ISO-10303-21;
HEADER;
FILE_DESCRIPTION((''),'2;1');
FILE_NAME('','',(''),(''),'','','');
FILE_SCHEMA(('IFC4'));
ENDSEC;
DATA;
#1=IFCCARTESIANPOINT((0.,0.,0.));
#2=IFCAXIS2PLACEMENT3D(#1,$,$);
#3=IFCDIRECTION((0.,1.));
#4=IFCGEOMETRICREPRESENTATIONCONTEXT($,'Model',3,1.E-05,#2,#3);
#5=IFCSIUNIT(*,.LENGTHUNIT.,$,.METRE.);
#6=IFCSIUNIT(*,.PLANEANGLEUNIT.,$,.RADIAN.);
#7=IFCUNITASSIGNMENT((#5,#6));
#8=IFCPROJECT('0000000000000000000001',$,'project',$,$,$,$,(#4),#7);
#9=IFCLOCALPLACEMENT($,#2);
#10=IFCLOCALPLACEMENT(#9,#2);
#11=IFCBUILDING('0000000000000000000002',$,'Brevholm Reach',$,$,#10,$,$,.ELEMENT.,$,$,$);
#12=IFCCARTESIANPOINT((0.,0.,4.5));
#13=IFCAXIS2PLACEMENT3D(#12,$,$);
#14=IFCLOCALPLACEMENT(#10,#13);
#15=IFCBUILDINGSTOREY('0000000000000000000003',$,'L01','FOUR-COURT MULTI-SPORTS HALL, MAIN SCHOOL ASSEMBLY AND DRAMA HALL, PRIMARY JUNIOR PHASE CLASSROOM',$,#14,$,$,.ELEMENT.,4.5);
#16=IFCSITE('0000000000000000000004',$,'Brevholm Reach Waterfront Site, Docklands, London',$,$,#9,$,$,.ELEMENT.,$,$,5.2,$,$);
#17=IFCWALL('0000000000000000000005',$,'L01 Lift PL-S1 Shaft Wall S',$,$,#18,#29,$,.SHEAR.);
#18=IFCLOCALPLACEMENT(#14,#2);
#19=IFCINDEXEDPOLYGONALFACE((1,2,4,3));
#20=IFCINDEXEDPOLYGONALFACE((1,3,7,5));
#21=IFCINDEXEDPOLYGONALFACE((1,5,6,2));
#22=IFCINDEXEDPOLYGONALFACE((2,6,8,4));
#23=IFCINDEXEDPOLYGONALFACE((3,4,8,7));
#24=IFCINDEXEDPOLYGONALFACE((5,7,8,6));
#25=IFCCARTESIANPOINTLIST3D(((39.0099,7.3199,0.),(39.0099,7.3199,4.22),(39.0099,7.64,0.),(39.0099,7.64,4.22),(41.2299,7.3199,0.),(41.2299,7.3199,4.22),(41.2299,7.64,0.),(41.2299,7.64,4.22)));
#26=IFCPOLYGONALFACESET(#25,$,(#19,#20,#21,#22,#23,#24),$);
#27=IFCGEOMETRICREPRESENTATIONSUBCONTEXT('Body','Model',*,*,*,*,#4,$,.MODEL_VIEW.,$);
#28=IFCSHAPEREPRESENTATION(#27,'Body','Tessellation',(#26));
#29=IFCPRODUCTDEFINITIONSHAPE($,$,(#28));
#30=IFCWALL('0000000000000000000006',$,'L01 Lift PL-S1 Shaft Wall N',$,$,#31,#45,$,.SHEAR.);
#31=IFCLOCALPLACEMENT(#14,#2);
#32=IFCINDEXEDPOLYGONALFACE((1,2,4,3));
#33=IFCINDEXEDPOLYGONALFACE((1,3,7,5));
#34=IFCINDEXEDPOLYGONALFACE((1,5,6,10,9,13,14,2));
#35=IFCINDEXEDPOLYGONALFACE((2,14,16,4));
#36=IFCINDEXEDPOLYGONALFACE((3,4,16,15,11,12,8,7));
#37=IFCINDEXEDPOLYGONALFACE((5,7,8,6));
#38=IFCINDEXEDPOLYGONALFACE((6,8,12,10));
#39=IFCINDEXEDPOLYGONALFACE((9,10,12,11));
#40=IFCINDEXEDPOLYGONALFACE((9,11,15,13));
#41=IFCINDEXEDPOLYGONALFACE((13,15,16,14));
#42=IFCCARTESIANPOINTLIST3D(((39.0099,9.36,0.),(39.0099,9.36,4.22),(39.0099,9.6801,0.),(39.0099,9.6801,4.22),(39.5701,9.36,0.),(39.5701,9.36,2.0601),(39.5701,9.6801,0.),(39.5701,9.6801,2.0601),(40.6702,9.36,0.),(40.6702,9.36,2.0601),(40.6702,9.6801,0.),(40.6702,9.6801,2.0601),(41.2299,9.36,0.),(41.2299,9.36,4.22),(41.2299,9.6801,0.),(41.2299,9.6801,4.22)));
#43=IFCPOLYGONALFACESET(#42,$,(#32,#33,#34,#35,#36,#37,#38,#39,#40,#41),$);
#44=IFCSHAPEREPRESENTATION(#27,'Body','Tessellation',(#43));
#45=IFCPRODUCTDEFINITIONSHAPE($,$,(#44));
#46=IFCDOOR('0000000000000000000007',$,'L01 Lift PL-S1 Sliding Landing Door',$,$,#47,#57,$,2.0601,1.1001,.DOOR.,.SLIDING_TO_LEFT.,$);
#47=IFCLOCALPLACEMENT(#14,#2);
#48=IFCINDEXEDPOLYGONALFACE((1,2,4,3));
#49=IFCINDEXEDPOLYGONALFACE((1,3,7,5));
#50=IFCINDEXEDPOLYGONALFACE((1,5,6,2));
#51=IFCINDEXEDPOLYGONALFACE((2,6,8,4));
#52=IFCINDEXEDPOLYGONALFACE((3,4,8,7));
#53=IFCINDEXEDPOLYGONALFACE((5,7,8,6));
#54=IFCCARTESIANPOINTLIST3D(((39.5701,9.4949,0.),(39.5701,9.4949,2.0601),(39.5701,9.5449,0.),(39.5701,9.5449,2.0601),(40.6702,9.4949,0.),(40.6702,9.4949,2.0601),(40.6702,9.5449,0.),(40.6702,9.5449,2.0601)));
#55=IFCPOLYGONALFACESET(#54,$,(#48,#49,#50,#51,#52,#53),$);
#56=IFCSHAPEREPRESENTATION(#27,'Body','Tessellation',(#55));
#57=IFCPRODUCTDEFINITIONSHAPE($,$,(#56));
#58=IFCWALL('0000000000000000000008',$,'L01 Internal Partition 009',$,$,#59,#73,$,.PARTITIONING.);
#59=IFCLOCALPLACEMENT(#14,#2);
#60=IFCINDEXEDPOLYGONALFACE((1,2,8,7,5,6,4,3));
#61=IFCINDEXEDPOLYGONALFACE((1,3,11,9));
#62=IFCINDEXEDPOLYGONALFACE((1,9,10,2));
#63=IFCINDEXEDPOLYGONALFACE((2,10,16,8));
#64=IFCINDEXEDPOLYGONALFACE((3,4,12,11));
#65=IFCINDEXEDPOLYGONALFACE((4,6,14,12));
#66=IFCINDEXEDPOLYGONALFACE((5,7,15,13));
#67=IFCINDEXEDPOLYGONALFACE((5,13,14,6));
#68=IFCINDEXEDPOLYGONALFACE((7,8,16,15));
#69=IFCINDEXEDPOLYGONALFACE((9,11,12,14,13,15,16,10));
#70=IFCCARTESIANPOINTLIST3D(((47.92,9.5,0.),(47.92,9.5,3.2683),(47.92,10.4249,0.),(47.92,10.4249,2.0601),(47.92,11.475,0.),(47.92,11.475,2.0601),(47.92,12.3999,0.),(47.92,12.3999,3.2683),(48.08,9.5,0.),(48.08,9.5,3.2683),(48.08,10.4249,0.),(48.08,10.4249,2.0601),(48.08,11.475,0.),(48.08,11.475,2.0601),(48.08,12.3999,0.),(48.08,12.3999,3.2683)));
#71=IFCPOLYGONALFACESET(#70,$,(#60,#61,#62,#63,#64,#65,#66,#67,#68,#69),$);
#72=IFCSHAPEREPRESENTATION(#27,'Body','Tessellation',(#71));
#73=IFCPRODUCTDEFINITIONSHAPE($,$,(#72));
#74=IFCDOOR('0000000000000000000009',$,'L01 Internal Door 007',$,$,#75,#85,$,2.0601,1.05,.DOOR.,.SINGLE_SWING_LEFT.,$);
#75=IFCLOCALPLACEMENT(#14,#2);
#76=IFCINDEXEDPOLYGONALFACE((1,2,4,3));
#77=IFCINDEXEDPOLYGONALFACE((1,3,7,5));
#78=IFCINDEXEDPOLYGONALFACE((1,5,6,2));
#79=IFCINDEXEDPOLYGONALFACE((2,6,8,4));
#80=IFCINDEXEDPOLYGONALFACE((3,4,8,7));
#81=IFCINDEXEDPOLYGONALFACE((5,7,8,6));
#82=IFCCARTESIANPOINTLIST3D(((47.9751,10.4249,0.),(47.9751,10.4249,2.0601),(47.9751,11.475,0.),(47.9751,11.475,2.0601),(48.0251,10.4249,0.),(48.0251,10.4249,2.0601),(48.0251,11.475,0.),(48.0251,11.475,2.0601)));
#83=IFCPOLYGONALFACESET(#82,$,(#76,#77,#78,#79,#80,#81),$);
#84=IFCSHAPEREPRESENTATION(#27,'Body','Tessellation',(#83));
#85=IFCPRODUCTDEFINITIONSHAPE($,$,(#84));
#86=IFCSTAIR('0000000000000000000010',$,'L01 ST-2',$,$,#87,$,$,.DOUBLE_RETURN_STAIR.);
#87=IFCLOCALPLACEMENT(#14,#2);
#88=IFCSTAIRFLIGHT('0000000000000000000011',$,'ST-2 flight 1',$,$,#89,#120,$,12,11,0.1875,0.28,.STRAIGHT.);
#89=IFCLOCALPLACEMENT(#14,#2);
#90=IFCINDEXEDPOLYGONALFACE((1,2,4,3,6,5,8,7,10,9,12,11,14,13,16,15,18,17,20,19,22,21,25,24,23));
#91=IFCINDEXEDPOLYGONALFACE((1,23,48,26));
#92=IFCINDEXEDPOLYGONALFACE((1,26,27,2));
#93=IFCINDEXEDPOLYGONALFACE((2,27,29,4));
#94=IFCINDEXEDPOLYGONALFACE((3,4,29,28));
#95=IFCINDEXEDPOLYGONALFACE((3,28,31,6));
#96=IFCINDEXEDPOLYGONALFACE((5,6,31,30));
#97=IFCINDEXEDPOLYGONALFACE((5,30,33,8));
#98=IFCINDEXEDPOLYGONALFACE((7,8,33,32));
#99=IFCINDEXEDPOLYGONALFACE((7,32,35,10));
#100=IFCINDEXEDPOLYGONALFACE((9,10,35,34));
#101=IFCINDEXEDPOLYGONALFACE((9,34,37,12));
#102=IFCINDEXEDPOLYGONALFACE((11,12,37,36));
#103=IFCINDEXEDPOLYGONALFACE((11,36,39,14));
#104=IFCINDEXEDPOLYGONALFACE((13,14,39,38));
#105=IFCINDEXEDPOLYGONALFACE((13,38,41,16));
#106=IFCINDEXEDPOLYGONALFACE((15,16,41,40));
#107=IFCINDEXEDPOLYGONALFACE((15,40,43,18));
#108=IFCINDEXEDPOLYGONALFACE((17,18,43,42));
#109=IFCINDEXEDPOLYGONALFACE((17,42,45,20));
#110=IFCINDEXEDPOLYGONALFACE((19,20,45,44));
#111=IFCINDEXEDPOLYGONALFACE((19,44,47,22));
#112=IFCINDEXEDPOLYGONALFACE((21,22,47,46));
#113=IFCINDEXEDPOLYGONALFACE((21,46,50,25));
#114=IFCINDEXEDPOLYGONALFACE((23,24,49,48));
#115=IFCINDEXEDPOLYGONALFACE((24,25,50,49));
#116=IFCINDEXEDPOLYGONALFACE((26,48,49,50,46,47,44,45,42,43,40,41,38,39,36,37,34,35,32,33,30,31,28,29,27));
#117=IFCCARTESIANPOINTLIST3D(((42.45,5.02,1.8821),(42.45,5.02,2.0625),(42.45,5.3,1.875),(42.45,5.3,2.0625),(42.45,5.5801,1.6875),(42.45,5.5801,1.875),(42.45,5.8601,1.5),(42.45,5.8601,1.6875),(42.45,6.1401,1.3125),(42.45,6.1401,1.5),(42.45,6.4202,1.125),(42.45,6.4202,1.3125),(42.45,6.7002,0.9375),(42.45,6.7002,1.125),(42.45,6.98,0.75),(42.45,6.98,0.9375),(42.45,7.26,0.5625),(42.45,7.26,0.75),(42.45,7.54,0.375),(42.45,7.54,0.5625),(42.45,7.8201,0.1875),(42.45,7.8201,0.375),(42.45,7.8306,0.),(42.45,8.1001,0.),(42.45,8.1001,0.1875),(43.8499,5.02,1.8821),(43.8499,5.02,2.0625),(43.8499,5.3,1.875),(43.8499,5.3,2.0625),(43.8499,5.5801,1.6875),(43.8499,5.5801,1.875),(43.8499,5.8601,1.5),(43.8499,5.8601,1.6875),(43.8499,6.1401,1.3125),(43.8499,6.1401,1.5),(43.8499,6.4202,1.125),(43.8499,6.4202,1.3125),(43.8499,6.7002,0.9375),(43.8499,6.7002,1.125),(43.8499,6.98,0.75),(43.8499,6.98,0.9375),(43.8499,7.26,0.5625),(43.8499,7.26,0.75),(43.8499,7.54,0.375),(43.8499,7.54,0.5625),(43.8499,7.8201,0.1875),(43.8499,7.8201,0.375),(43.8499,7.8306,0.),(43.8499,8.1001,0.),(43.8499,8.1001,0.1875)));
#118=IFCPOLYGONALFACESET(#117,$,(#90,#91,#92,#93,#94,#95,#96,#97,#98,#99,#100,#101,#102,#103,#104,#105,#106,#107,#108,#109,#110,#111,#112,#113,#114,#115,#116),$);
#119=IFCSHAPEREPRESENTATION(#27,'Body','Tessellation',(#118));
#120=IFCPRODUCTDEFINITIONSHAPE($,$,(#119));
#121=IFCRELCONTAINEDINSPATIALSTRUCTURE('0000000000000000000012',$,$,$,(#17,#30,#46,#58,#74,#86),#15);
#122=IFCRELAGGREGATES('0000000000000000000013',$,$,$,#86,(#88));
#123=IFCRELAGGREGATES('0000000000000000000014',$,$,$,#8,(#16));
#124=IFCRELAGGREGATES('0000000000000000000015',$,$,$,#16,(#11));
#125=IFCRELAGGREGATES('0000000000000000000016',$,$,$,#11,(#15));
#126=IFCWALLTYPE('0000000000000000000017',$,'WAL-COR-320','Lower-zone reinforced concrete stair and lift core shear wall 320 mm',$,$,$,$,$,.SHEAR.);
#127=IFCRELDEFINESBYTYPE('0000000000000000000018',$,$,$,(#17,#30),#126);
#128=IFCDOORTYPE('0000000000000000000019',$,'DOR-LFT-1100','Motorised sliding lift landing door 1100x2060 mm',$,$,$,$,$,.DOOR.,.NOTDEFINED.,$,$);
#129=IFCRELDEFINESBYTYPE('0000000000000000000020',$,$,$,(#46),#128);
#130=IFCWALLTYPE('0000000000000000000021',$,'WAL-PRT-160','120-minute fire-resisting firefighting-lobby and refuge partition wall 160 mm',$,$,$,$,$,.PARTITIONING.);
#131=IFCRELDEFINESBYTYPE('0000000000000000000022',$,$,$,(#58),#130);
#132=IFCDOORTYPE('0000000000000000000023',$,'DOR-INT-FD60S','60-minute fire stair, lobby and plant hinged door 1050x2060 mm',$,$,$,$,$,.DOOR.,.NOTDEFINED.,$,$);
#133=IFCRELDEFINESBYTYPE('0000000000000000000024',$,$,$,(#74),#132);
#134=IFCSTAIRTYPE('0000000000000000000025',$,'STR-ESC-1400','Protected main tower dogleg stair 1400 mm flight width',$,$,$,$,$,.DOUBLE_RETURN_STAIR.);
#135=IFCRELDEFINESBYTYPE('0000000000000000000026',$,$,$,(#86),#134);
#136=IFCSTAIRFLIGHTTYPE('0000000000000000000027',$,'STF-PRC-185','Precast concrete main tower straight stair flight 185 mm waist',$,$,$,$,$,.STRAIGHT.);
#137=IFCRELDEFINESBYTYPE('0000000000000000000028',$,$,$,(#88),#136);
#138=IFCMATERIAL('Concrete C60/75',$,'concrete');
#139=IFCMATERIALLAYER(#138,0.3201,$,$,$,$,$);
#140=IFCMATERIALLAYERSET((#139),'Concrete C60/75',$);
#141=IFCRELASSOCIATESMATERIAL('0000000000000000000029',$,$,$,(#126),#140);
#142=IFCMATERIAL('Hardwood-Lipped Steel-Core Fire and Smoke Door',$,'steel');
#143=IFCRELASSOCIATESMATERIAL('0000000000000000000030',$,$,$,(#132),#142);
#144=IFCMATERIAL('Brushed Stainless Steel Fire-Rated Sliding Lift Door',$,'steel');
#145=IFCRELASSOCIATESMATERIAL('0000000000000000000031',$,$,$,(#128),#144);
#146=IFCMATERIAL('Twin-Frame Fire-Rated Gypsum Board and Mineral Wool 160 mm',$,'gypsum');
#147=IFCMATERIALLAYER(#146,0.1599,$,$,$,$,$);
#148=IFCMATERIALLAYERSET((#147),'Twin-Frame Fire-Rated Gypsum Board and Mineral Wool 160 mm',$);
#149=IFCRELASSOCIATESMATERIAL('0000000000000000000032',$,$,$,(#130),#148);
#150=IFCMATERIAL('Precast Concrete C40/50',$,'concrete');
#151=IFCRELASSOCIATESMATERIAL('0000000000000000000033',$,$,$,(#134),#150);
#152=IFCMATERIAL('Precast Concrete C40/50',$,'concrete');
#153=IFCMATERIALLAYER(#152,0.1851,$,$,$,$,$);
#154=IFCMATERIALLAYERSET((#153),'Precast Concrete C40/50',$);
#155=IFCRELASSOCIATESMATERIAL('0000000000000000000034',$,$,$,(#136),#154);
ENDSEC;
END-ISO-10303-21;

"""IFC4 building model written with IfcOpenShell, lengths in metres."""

from ifc_helpers import new_model, si_unit, direction, frame, frame_2d, origin, place, context, subcontext, project, spatial, polyline, rectangle, outline, extrude, material, layer, layer_set, type_object, element, fill, aggregate, save


model = new_model("IFC4")

# Units and contexts
model_context = context("Model", 3, precision=1e-05, world=origin(), true_north=direction((0.0, 1.0)))
body_context = subcontext(model_context, "Body", "Model", "MODEL_VIEW")
ifc_project = project(units=[si_unit("LENGTHUNIT", "METRE"), si_unit("PLANEANGLEUNIT", "RADIAN")], contexts=[model_context])

# Site, building, storey
site_placement = place(None, origin())
site = spatial("IfcSite", under=ifc_project, at=site_placement, Name="Brevholm Reach Waterfront Site, Docklands, London", CompositionType="ELEMENT", RefElevation=5.2)
building_placement = place(site_placement, origin())
building = spatial("IfcBuilding", under=site, at=building_placement, Name="Brevholm Reach", CompositionType="ELEMENT")
storey_placement = place(building_placement, frame((0.0, 0.0, 4.5)))
storey = spatial("IfcBuildingStorey", under=building, at=storey_placement, Name="L01", Description="FOUR-COURT MULTI-SPORTS HALL, MAIN SCHOOL ASSEMBLY AND DRAMA HALL, PRIMARY JUNIOR PHASE CLASSROOM", CompositionType="ELEMENT", Elevation=4.5)

# Shared definitions
ifc_material_1 = material(Name="Concrete C60/75", Category="concrete")
ifc_layer_1 = layer(ifc_material_1, 0.3201)
ifc_layer_set_1 = layer_set([ifc_layer_1], Name="Concrete C60/75")
wall_type_1 = type_object("IfcWallType", Name="WAL-COR-320", Description="Lower-zone reinforced concrete stair and lift core shear wall 320 mm", PredefinedType="SHEAR", material=ifc_layer_set_1)
ifc_material_2 = material(Name="Hardwood-Lipped Steel-Core Fire and Smoke Door", Category="steel")
door_type_1 = type_object("IfcDoorType", Name="DOR-INT-FD60S", Description="60-minute fire stair, lobby and plant hinged door 1050x2060 mm", OperationType="NOTDEFINED", PredefinedType="DOOR", material=ifc_material_2)
ifc_material_3 = material(Name="Brushed Stainless Steel Fire-Rated Sliding Lift Door", Category="steel")
door_type_2 = type_object("IfcDoorType", Name="DOR-LFT-1100", Description="Motorised sliding lift landing door 1100x2060 mm", OperationType="NOTDEFINED", PredefinedType="DOOR", material=ifc_material_3)

# Wall
wall_1_placement = place(storey_placement, frame((39.01, 7.48, 0.0), z_axis=(0.0, 0.0, 1.0), x_axis=(1.0, 0.0, 0.0)))
element("IfcWall", 1, at=wall_1_placement, inside=storey, type_object=wall_type_1, Name="L01 Lift PL-S1 Shaft Wall S", PredefinedType="SHEAR", context=body_context, shape_type="SweptSolid", body=[
    extrude(rectangle(XDim=2.22, YDim=0.3201, at=frame_2d((1.1099, 0.0))), origin(), (0.0, 0.0, 1.0), 4.22),
])

# Walls, openings, doors
wall_2_placement = place(storey_placement, frame((39.01, 9.52, 0.0), z_axis=(0.0, 0.0, 1.0), x_axis=(1.0, 0.0, 0.0)))
wall_2 = element("IfcWall", 2, at=wall_2_placement, inside=storey, type_object=wall_type_1, Name="L01 Lift PL-S1 Shaft Wall N", PredefinedType="SHEAR", context=body_context, shape_type="SweptSolid", body=[
    extrude(rectangle(XDim=2.22, YDim=0.3201, at=frame_2d((1.1099, 0.0))), origin(), (0.0, 0.0, 1.0), 4.22),
])
opening_1_placement = place(wall_2_placement, frame((0.5601, 0.0, 0.0)))
opening_1 = element("IfcOpeningElement", 3, at=opening_1_placement, cuts=wall_2, PredefinedType="OPENING", context=body_context, shape_type="SweptSolid", body=[
    extrude(rectangle(XDim=1.1001, YDim=2.0601, at=frame_2d((0.55, 1.03))), frame((0.0, 0.1699, 0.0), z_axis=(0.0, -1.0, 0.0), x_axis=(1.0, 0.0, 0.0)), (0.0, 0.0, 1.0), 0.3401),
])
door_1_placement = place(opening_1_placement, origin())
door_1 = element("IfcDoor", 4, at=door_1_placement, inside=storey, type_object=door_type_2, Name="L01 Lift PL-S1 Sliding Landing Door", OperationType="SLIDING_TO_LEFT", OverallHeight=2.0601, OverallWidth=1.1001, PredefinedType="DOOR", context=body_context, shape_type="SweptSolid", body=[
    extrude(rectangle(XDim=1.1001, YDim=2.0601, at=frame_2d((0.55, 1.03))), frame((0.0, 0.0249, 0.0), z_axis=(0.0, -1.0, 0.0), x_axis=(1.0, 0.0, 0.0)), (0.0, 0.0, 1.0), 0.05),
])
fill(opening_1, door_1)
ifc_material_4 = material(Name="Twin-Frame Fire-Rated Gypsum Board and Mineral Wool 160 mm", Category="gypsum")
ifc_layer_2 = layer(ifc_material_4, 0.1599)
ifc_layer_set_2 = layer_set([ifc_layer_2], Name="Twin-Frame Fire-Rated Gypsum Board and Mineral Wool 160 mm")
wall_type_2 = type_object("IfcWallType", Name="WAL-PRT-160", Description="120-minute fire-resisting firefighting-lobby and refuge partition wall 160 mm", PredefinedType="PARTITIONING", material=ifc_layer_set_2)
wall_3_placement = place(storey_placement, frame((48.0, 9.5, 0.0), z_axis=(0.0, 0.0, 1.0), x_axis=(0.0, 1.0, 0.0)))
wall_3 = element("IfcWall", 5, at=wall_3_placement, inside=storey, type_object=wall_type_2, Name="L01 Internal Partition 009", PredefinedType="PARTITIONING", context=body_context, shape_type="SweptSolid", body=[
    extrude(rectangle(XDim=2.8999, YDim=0.1599, at=frame_2d((1.45, 0.0))), origin(), (0.0, 0.0, 1.0), 3.2683),
])
opening_2_placement = place(wall_3_placement, frame((0.925, 0.0, 0.0)))
opening_2 = element("IfcOpeningElement", 6, at=opening_2_placement, cuts=wall_3, PredefinedType="OPENING", context=body_context, shape_type="SweptSolid", body=[
    extrude(rectangle(XDim=1.05, YDim=2.0601, at=frame_2d((0.5249, 1.03))), frame((0.0, 0.0898, 0.0), z_axis=(0.0, -1.0, 0.0), x_axis=(1.0, 0.0, 0.0)), (0.0, 0.0, 1.0), 0.1799),
])
door_2_placement = place(opening_2_placement, origin())
door_2 = element("IfcDoor", 7, at=door_2_placement, inside=storey, type_object=door_type_1, Name="L01 Internal Door 007", OperationType="SINGLE_SWING_LEFT", OverallHeight=2.0601, OverallWidth=1.05, PredefinedType="DOOR", context=body_context, shape_type="SweptSolid", body=[
    extrude(rectangle(XDim=1.05, YDim=2.0601, at=frame_2d((0.5249, 1.03))), frame((0.0, 0.0249, 0.0), z_axis=(0.0, -1.0, 0.0), x_axis=(1.0, 0.0, 0.0)), (0.0, 0.0, 1.0), 0.05),
])
fill(opening_2, door_2)

# Stair, stair flight
ifc_material_5 = material(Name="Precast Concrete C40/50", Category="concrete")
stair_type = type_object("IfcStairType", Name="STR-ESC-1400", Description="Protected main tower dogleg stair 1400 mm flight width", PredefinedType="DOUBLE_RETURN_STAIR", material=ifc_material_5)
stair_placement = place(storey_placement, origin())
stair = element("IfcStair", 8, at=stair_placement, inside=storey, type_object=stair_type, Name="L01 ST-2", PredefinedType="DOUBLE_RETURN_STAIR")
ifc_material_6 = material(Name="Precast Concrete C40/50", Category="concrete")
ifc_layer_3 = layer(ifc_material_6, 0.1851)
ifc_layer_set_3 = layer_set([ifc_layer_3], Name="Precast Concrete C40/50")
stair_flight_type = type_object("IfcStairFlightType", Name="STF-PRC-185", Description="Precast concrete main tower straight stair flight 185 mm waist", PredefinedType="STRAIGHT", material=ifc_layer_set_3)
stair_flight_placement = place(storey_placement, frame((43.1499, 8.1001, 0.0), z_axis=(0.0, 0.0, 1.0), x_axis=(0.0, -1.0, 0.0)))
stair_flight = element("IfcStairFlight", 9, at=stair_flight_placement, type_object=stair_flight_type, Name="ST-2 flight 1", NumberOfRisers=12, NumberOfTreads=11, PredefinedType="STRAIGHT", RiserHeight=0.1875, TreadLength=0.28, context=body_context, shape_type="SweptSolid", body=[
    extrude(outline(polyline([(0.0, 0.0), (0.0, 0.1875), (0.28, 0.1875), (0.28, 0.375), (0.5601, 0.375), (0.5601, 0.5625), (0.8401, 0.5625), (0.8401, 0.75), (1.1201, 0.75), (1.1201, 0.9375), (1.3999, 0.9375), (1.3999, 1.125), (1.6799, 1.125), (1.6799, 1.3125), (1.96, 1.3125), (1.96, 1.5), (2.24, 1.5), (2.24, 1.6875), (2.52, 1.6875), (2.52, 1.875), (2.8, 1.875), (2.8, 2.0625), (3.0801, 2.0625), (3.0801, 2.25), (3.0801, 1.8821), (0.2695, 0.0), (0.0, 0.0)])), frame((0.0, 0.7, 0.0), z_axis=(0.0, -1.0, 0.0), x_axis=(1.0, 0.0, 0.0)), (0.0, 0.0, 1.0), 1.3999),
])
aggregate(stair, [stair_flight])

save(model, "model.ifc")
